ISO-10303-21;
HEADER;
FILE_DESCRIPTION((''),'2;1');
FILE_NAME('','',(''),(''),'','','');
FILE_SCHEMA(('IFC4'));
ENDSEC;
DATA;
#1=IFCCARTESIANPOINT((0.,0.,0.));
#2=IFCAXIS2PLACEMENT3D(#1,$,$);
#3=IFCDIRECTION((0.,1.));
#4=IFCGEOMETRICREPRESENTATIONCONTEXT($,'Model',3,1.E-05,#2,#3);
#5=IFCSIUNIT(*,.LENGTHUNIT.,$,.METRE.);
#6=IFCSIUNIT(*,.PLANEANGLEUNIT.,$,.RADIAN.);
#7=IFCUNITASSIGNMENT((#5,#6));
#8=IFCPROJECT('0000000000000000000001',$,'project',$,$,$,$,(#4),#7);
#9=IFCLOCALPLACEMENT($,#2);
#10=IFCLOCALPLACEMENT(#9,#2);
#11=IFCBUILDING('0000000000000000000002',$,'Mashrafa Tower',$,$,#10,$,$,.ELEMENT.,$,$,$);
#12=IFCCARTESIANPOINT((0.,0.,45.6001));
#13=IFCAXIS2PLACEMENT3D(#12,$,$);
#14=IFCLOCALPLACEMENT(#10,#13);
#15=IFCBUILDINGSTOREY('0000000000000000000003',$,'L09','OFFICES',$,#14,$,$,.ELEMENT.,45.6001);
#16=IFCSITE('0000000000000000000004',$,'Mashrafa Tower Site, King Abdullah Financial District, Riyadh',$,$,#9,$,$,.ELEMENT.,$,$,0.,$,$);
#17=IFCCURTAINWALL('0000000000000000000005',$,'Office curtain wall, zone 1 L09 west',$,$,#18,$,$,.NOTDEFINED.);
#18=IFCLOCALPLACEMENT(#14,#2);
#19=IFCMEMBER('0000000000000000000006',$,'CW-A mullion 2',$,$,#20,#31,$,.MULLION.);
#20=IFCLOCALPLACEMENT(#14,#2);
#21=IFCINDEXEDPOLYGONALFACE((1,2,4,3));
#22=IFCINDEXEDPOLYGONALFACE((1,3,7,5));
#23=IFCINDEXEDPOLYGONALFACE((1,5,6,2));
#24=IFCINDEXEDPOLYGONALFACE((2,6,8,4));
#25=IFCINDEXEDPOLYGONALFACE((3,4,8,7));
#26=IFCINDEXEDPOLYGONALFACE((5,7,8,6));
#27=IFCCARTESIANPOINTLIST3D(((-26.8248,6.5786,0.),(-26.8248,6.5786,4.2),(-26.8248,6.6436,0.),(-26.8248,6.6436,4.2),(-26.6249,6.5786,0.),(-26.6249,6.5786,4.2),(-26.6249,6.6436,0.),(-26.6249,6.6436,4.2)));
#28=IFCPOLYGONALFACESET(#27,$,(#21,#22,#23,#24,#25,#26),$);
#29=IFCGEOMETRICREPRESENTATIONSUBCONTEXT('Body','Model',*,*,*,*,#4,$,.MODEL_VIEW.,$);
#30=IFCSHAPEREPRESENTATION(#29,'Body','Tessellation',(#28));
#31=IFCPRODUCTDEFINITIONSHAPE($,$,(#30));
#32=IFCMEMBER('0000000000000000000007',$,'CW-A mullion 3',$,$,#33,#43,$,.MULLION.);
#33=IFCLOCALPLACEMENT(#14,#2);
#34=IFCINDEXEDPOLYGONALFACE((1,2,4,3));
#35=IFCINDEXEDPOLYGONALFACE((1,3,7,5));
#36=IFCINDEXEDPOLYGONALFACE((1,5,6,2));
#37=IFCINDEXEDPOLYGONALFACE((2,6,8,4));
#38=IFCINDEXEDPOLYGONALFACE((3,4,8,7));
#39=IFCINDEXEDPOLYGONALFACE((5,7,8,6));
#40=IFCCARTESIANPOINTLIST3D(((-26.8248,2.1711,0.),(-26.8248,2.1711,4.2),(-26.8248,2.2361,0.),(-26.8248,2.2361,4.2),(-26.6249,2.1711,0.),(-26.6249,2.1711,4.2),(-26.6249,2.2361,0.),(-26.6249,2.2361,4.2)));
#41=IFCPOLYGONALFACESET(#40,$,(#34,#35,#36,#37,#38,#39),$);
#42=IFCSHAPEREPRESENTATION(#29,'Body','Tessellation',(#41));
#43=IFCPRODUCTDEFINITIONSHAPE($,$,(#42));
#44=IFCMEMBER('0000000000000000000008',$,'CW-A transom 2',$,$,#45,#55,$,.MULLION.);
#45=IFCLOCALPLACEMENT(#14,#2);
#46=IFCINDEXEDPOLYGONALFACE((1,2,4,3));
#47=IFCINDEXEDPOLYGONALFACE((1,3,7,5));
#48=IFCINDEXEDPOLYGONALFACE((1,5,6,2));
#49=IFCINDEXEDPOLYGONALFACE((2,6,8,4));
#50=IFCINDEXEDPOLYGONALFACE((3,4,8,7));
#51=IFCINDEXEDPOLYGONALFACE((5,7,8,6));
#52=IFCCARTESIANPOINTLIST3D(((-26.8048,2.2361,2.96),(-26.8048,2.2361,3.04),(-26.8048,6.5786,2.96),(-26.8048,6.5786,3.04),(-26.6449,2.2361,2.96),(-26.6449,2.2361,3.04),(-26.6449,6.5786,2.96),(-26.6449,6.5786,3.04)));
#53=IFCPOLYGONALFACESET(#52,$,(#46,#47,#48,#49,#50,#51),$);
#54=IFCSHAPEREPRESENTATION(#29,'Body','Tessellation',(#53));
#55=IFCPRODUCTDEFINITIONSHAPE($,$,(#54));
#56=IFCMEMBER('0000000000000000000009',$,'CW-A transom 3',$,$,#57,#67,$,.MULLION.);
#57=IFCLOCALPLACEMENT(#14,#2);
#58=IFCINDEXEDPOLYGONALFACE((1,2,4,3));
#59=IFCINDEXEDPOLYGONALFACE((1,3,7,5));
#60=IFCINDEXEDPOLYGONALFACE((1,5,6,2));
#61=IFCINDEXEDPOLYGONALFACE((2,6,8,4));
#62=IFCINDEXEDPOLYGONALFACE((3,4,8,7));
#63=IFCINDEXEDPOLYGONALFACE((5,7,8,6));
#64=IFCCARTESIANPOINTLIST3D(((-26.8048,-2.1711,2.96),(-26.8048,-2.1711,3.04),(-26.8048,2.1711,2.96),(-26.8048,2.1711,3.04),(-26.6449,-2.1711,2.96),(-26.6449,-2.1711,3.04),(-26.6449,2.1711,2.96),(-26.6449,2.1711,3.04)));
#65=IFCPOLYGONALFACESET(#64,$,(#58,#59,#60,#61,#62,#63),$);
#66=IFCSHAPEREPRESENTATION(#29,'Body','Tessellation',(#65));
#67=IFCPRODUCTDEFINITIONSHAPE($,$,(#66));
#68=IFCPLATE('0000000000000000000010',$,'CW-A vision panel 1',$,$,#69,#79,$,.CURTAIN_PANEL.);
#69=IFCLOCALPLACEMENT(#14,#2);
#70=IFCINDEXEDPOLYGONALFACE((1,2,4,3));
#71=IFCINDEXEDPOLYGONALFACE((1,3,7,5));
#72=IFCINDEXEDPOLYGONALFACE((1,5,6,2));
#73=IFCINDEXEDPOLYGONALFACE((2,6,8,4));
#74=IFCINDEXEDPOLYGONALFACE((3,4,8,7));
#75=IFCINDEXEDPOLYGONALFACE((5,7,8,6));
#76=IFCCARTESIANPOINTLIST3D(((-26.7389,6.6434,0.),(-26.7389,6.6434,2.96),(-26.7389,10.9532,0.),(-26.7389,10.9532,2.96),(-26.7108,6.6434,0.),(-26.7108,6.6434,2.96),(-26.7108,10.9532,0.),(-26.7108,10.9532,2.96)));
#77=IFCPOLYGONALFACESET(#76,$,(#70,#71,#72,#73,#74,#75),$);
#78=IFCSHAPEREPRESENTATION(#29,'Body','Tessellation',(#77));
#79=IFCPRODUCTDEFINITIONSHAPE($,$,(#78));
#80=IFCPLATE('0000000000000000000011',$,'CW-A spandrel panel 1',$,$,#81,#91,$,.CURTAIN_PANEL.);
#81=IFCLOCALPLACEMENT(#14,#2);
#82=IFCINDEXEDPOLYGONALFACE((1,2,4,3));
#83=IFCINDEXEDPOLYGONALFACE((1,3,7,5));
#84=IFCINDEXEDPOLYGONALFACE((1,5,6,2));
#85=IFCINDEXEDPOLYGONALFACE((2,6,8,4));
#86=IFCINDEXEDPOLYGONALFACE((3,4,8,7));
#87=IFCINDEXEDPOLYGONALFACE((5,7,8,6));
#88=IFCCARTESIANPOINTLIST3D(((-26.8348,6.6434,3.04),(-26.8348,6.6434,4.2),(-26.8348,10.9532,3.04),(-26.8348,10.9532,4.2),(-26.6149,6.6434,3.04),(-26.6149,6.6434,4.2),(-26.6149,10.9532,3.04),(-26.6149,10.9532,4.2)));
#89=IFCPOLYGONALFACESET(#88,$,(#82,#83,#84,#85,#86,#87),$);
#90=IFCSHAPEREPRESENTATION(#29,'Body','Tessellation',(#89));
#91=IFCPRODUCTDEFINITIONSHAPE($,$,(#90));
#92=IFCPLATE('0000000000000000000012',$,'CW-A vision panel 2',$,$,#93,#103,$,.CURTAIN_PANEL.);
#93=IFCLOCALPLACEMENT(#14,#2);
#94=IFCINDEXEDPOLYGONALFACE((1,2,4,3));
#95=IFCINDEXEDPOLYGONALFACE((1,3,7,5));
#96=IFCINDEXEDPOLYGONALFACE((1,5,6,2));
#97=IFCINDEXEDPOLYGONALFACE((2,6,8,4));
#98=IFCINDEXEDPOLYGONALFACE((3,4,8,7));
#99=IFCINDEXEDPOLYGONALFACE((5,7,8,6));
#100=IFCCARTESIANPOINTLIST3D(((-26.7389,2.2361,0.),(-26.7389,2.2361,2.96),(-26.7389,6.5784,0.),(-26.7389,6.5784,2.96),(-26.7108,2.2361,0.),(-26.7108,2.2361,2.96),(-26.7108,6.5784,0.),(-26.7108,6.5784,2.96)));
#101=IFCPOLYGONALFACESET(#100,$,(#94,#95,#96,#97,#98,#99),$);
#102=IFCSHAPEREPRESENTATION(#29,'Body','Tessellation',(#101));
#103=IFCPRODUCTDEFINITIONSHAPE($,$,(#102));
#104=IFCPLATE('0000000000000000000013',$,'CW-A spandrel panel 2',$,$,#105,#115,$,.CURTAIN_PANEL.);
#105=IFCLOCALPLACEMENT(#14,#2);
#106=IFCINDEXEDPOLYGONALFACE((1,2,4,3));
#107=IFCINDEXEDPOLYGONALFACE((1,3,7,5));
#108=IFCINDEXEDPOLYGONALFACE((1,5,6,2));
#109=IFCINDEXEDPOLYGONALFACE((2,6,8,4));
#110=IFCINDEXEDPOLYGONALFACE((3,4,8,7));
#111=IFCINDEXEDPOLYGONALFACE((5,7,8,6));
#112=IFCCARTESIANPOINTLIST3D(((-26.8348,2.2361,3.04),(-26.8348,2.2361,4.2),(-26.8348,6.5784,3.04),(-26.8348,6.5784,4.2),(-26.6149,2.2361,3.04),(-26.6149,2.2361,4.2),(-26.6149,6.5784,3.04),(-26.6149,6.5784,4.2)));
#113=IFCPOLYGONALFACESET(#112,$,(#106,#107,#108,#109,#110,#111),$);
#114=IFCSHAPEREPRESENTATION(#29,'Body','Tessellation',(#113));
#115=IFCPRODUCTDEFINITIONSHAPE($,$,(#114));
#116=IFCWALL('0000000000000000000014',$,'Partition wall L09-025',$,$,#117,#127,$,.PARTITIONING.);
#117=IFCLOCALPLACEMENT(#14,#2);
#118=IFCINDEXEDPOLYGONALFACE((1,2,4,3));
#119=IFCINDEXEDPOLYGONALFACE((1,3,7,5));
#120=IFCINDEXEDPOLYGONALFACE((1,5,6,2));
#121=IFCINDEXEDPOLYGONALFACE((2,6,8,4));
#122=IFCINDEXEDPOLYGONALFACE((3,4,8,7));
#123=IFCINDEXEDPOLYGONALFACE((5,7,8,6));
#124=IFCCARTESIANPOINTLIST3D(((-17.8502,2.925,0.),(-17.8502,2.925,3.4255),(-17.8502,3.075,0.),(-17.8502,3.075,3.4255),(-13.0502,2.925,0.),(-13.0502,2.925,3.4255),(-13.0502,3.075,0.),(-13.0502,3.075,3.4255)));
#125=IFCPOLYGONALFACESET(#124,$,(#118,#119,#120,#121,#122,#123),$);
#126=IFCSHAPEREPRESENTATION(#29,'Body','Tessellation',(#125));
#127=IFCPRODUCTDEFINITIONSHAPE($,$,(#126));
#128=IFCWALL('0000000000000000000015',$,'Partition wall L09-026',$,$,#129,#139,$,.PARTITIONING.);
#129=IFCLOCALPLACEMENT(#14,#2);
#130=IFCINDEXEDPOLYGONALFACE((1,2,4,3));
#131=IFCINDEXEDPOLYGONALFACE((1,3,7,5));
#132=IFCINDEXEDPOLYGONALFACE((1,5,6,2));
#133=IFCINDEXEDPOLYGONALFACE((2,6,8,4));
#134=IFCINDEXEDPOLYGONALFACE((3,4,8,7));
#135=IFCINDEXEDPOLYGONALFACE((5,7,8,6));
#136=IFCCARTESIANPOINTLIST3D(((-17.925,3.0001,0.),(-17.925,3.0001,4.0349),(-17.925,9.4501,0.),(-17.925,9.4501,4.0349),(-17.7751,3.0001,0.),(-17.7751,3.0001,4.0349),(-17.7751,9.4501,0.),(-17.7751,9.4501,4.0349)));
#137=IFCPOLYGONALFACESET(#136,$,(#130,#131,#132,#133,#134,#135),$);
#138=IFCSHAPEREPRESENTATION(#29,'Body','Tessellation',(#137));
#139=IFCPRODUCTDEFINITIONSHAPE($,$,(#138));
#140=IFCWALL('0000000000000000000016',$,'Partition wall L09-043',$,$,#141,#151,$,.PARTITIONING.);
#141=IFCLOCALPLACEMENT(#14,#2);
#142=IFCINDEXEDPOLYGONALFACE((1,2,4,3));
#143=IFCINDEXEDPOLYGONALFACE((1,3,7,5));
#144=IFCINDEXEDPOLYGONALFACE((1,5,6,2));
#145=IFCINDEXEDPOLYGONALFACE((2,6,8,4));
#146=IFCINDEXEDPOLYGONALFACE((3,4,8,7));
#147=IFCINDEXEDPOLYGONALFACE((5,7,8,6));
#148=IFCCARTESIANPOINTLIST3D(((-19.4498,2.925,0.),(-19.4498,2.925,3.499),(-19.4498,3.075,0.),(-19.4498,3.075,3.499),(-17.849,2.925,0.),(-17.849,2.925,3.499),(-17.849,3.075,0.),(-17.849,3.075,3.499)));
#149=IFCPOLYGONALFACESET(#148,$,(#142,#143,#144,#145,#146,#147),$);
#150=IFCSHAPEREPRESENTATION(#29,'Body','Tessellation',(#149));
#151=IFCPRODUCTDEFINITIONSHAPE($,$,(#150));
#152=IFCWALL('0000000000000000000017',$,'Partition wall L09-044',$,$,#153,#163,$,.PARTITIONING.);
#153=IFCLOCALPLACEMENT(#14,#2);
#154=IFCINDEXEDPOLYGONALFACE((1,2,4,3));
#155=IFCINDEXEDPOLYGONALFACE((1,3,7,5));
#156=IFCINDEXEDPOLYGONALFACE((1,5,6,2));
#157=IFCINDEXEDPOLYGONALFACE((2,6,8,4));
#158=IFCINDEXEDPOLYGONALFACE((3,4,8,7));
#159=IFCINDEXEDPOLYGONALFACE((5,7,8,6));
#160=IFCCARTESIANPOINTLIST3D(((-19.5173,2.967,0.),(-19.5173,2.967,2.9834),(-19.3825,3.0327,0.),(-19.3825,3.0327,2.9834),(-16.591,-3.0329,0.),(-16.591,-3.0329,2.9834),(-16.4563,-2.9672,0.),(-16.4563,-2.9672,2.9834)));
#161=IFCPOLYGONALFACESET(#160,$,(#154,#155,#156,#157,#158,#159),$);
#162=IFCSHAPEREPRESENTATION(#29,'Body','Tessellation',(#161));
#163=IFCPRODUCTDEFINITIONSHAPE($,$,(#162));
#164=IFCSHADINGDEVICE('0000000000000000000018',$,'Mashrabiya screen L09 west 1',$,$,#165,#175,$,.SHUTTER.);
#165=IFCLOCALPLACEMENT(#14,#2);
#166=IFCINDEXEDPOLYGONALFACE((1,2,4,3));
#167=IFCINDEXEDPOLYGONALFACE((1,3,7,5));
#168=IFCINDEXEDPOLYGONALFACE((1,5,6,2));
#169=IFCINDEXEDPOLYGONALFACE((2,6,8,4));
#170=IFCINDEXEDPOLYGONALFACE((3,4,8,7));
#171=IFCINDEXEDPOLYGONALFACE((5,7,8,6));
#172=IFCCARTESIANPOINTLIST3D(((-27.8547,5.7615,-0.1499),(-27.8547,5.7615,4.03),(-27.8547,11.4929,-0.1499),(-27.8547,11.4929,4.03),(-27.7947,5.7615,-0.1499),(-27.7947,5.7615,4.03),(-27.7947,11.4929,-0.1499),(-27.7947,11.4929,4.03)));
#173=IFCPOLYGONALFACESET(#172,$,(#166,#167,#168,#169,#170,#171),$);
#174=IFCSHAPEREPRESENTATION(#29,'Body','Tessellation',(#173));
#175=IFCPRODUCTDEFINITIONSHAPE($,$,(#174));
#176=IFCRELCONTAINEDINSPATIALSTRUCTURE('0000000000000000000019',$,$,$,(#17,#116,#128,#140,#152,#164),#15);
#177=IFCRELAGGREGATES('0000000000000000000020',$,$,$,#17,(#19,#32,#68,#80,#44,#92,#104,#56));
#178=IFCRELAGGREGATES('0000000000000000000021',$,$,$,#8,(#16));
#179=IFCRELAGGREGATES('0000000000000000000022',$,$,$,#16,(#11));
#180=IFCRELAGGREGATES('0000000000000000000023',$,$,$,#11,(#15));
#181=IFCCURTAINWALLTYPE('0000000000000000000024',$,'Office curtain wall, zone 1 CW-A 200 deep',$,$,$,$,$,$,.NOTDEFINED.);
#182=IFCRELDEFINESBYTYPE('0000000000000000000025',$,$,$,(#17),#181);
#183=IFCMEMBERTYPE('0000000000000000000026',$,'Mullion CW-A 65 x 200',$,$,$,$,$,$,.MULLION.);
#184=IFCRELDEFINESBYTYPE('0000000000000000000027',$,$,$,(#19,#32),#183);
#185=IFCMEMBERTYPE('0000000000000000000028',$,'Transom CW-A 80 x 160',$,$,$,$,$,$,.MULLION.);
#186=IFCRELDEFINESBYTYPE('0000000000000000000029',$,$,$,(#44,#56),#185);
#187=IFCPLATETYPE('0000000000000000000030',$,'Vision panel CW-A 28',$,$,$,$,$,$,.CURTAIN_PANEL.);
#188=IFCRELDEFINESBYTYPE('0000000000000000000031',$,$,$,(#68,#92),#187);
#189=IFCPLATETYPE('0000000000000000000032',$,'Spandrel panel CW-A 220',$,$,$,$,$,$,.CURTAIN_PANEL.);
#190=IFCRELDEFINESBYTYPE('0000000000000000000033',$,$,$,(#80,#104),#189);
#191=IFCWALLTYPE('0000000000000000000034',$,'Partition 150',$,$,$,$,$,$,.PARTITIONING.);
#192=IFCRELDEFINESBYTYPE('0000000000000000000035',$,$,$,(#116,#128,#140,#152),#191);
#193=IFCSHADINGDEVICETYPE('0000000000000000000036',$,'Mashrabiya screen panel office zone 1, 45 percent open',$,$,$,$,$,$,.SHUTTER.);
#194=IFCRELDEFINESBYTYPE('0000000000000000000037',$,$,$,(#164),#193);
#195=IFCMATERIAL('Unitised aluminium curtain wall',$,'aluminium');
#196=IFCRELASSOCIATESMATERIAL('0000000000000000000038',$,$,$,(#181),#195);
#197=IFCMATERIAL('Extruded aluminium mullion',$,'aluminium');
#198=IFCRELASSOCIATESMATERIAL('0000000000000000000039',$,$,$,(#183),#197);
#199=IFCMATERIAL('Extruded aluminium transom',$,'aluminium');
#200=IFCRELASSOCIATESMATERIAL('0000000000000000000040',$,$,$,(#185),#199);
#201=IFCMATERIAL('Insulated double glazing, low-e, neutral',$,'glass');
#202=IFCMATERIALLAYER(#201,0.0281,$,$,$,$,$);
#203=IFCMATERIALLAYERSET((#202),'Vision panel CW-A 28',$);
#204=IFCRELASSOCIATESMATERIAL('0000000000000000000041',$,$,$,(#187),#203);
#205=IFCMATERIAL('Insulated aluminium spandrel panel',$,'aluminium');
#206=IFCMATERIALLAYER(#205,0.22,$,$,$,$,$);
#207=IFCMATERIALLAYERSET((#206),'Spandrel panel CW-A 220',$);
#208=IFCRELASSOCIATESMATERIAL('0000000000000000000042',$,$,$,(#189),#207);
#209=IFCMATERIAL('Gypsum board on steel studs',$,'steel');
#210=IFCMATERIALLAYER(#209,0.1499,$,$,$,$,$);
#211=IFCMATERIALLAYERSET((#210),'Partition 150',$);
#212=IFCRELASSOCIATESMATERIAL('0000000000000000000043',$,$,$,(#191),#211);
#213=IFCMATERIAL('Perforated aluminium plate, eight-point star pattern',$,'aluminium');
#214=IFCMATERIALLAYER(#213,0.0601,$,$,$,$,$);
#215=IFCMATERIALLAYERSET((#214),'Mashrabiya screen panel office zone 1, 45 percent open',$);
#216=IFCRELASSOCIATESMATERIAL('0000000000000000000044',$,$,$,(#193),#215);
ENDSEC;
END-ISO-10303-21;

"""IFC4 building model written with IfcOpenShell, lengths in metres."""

from ifc_helpers import new_model, si_unit, direction, frame, frame_2d, origin, origin_2d, place, context, subcontext, project, spatial, rectangle, extrude, source, transform, mapped, material, layer, layer_set, material_profile, profile_set, type_object, type_shapes, element, aggregate, save


model = new_model("IFC4")

# Units and contexts
model_context = context("Model", 3, precision=1e-05, world=origin(), true_north=direction((0.0, 1.0)))
body_context = subcontext(model_context, "Body", "Model", "MODEL_VIEW")
ifc_project = project(units=[si_unit("LENGTHUNIT", "METRE"), si_unit("PLANEANGLEUNIT", "RADIAN")], contexts=[model_context])

# Site, building, storey
site_placement = place(None, origin())
site = spatial("IfcSite", under=ifc_project, at=site_placement, Name="Mashrafa Tower Site, King Abdullah Financial District, Riyadh", CompositionType="ELEMENT", RefElevation=0.0)
building_placement = place(site_placement, origin())
building = spatial("IfcBuilding", under=site, at=building_placement, Name="Mashrafa Tower", CompositionType="ELEMENT")
storey_placement = place(building_placement, frame((0.0, 0.0, 45.6001)))
storey = spatial("IfcBuildingStorey", under=building, at=storey_placement, Name="L09", Description="OFFICES", CompositionType="ELEMENT", Elevation=45.6001)

# Curtain wall, members, plates
ifc_material_1 = material(Name="Unitised aluminium curtain wall", Category="aluminium")
curtain_wall_type = type_object("IfcCurtainWallType", Name="Office curtain wall, zone 1 CW-A 200 deep", PredefinedType="NOTDEFINED", material=ifc_material_1)
curtain_wall_placement = place(storey_placement, origin())
curtain_wall = element("IfcCurtainWall", 1, at=curtain_wall_placement, inside=storey, type_object=curtain_wall_type, Name="Office curtain wall, zone 1 L09 west", PredefinedType="NOTDEFINED")
ifc_material_2 = material(Name="Extruded aluminium mullion", Category="aluminium")
ifc_material_profile_1 = material_profile(ifc_material_2, rectangle(XDim=0.2, YDim=0.0649, at=origin_2d()), Name="Mullion 65x200")
ifc_profile_set_1 = profile_set([ifc_material_profile_1], Name="Extruded aluminium mullion")
member_type_1 = type_object("IfcMemberType", Name="Mullion CW-A 65 x 200", PredefinedType="MULLION", material=ifc_profile_set_1)
shared_shape_1 = source(origin(), body_context, "Body", "SweptSolid", [
    extrude(rectangle(XDim=0.2, YDim=0.0649, at=origin_2d()), origin(), (0.0, 0.0, 1.0), 4.2),
])
type_shapes(member_type_1, [shared_shape_1])
member_1_placement = place(storey_placement, frame((-26.7249, 6.6111, 0.0), z_axis=(0.0, 0.0, 1.0), x_axis=(1.0, 0.0, 0.0)))
member_1 = element("IfcMember", 2, at=member_1_placement, type_object=member_type_1, Name="CW-A mullion 2", PredefinedType="MULLION", context=body_context, shape_type="MappedRepresentation", body=[
    mapped(shared_shape_1, transform((0.0, 0.0, 0.0))),
])
member_2_placement = place(storey_placement, frame((-26.7249, 2.2036, 0.0), z_axis=(0.0, 0.0, 1.0), x_axis=(1.0, 0.0, 0.0)))
member_2 = element("IfcMember", 3, at=member_2_placement, type_object=member_type_1, Name="CW-A mullion 3", PredefinedType="MULLION", context=body_context, shape_type="MappedRepresentation", body=[
    mapped(shared_shape_1, transform((0.0, 0.0, 0.0))),
])
ifc_material_3 = material(Name="Extruded aluminium transom", Category="aluminium")
ifc_material_profile_2 = material_profile(ifc_material_3, rectangle(XDim=0.1599, YDim=0.0801, at=origin_2d()), Name="Transom 80x160")
ifc_profile_set_2 = profile_set([ifc_material_profile_2], Name="Extruded aluminium transom")
member_type_2 = type_object("IfcMemberType", Name="Transom CW-A 80 x 160", PredefinedType="MULLION", material=ifc_profile_set_2)
shared_shape_2 = source(origin(), body_context, "Body", "SweptSolid", [
    extrude(rectangle(XDim=0.1599, YDim=0.0801, at=origin_2d()), origin(), (0.0, 0.0, 1.0), 4.3425),
])
member_3_placement = place(storey_placement, frame((-26.7249, 6.5786, 3.0), z_axis=(0.0, -1.0, 0.0), x_axis=(1.0, 0.0, 0.0)))
member_3 = element("IfcMember", 4, at=member_3_placement, type_object=member_type_2, Name="CW-A transom 2", PredefinedType="MULLION", context=body_context, shape_type="MappedRepresentation", body=[
    mapped(shared_shape_2, transform((0.0, 0.0, 0.0))),
])
shared_shape_3 = source(origin(), body_context, "Body", "SweptSolid", [
    extrude(rectangle(XDim=0.1599, YDim=0.0801, at=origin_2d()), origin(), (0.0, 0.0, 1.0), 4.3423),
])
type_shapes(member_type_2, [shared_shape_2, shared_shape_3])
member_4_placement = place(storey_placement, frame((-26.7249, 2.1711, 3.0), z_axis=(0.0, -1.0, 0.0), x_axis=(1.0, 0.0, 0.0)))
member_4 = element("IfcMember", 5, at=member_4_placement, type_object=member_type_2, Name="CW-A transom 3", PredefinedType="MULLION", context=body_context, shape_type="MappedRepresentation", body=[
    mapped(shared_shape_3, transform((0.0, 0.0, 0.0))),
])
ifc_material_4 = material(Name="Insulated double glazing, low-e, neutral", Category="glass")
ifc_layer_1 = layer(ifc_material_4, 0.0281)
ifc_layer_set_1 = layer_set([ifc_layer_1], Name="Vision panel CW-A 28")
plate_type_1 = type_object("IfcPlateType", Name="Vision panel CW-A 28", PredefinedType="CURTAIN_PANEL", material=ifc_layer_set_1)
shared_shape_4 = source(origin(), body_context, "Body", "SweptSolid", [
    extrude(rectangle(XDim=4.3098, YDim=0.0281, at=origin_2d()), origin(), (0.0, 0.0, 1.0), 2.96),
])
plate_1_placement = place(storey_placement, frame((-26.7249, 8.7983, 0.0), z_axis=(0.0, 0.0, 1.0), x_axis=(0.0, -1.0, 0.0)))
plate_1 = element("IfcPlate", 6, at=plate_1_placement, type_object=plate_type_1, Name="CW-A vision panel 1", PredefinedType="CURTAIN_PANEL", context=body_context, shape_type="MappedRepresentation", body=[
    mapped(shared_shape_4, transform((0.0, 0.0, 0.0))),
])
ifc_material_5 = material(Name="Insulated aluminium spandrel panel", Category="aluminium")
ifc_layer_2 = layer(ifc_material_5, 0.22)
ifc_layer_set_2 = layer_set([ifc_layer_2], Name="Spandrel panel CW-A 220")
plate_type_2 = type_object("IfcPlateType", Name="Spandrel panel CW-A 220", PredefinedType="CURTAIN_PANEL", material=ifc_layer_set_2)
shared_shape_5 = source(origin(), body_context, "Body", "SweptSolid", [
    extrude(rectangle(XDim=4.3098, YDim=0.22, at=origin_2d()), origin(), (0.0, 0.0, 1.0), 1.1599),
])
plate_2_placement = place(storey_placement, frame((-26.7249, 8.7983, 3.04), z_axis=(0.0, 0.0, 1.0), x_axis=(0.0, -1.0, 0.0)))
plate_2 = element("IfcPlate", 7, at=plate_2_placement, type_object=plate_type_2, Name="CW-A spandrel panel 1", PredefinedType="CURTAIN_PANEL", context=body_context, shape_type="MappedRepresentation", body=[
    mapped(shared_shape_5, transform((0.0, 0.0, 0.0))),
])
shared_shape_6 = source(origin(), body_context, "Body", "SweptSolid", [
    extrude(rectangle(XDim=4.3423, YDim=0.0281, at=origin_2d()), origin(), (0.0, 0.0, 1.0), 2.96),
])
type_shapes(plate_type_1, [shared_shape_4, shared_shape_6])
plate_3_placement = place(storey_placement, frame((-26.7249, 4.4072, 0.0), z_axis=(0.0, 0.0, 1.0), x_axis=(0.0, -1.0, 0.0)))
plate_3 = element("IfcPlate", 8, at=plate_3_placement, type_object=plate_type_1, Name="CW-A vision panel 2", PredefinedType="CURTAIN_PANEL", context=body_context, shape_type="MappedRepresentation", body=[
    mapped(shared_shape_6, transform((0.0, 0.0, 0.0))),
])
shared_shape_7 = source(origin(), body_context, "Body", "SweptSolid", [
    extrude(rectangle(XDim=4.3423, YDim=0.22, at=origin_2d()), origin(), (0.0, 0.0, 1.0), 1.1599),
])
type_shapes(plate_type_2, [shared_shape_5, shared_shape_7])
plate_4_placement = place(storey_placement, frame((-26.7249, 4.4072, 3.04), z_axis=(0.0, 0.0, 1.0), x_axis=(0.0, -1.0, 0.0)))
plate_4 = element("IfcPlate", 9, at=plate_4_placement, type_object=plate_type_2, Name="CW-A spandrel panel 2", PredefinedType="CURTAIN_PANEL", context=body_context, shape_type="MappedRepresentation", body=[
    mapped(shared_shape_7, transform((0.0, 0.0, 0.0))),
])
aggregate(curtain_wall, [member_1, member_2, plate_1, plate_2, member_3, plate_3, plate_4, member_4])

# Walls
ifc_material_6 = material(Name="Gypsum board on steel studs", Category="steel")
ifc_layer_3 = layer(ifc_material_6, 0.1499)
ifc_layer_set_3 = layer_set([ifc_layer_3], Name="Partition 150")
wall_type = type_object("IfcWallType", Name="Partition 150", PredefinedType="PARTITIONING", material=ifc_layer_set_3)
wall_1_placement = place(storey_placement, frame((-17.8501, 3.0, 0.0), z_axis=(0.0, 0.0, 1.0), x_axis=(1.0, 0.0, 0.0)))
element("IfcWall", 10, at=wall_1_placement, inside=storey, type_object=wall_type, Name="Partition wall L09-025", PredefinedType="PARTITIONING", context=body_context, shape_type="SweptSolid", body=[
    extrude(rectangle(XDim=4.8, YDim=0.1499, at=frame_2d((2.3999, 0.0))), origin(), (0.0, 0.0, 1.0), 3.4255),
])
wall_2_placement = place(storey_placement, frame((-17.8501, 3.0, 0.0), z_axis=(0.0, 0.0, 1.0), x_axis=(0.0, 1.0, 0.0)))
element("IfcWall", 11, at=wall_2_placement, inside=storey, type_object=wall_type, Name="Partition wall L09-026", PredefinedType="PARTITIONING", context=body_context, shape_type="SweptSolid", body=[
    extrude(rectangle(XDim=6.45, YDim=0.1499, at=frame_2d((3.2251, 0.0))), origin(), (0.0, 0.0, 1.0), 4.0349),
])
wall_3_placement = place(storey_placement, frame((-17.8491, 3.0, 0.0), z_axis=(0.0, 0.0, 1.0), x_axis=(-1.0, 0.0, 0.0)))
element("IfcWall", 12, at=wall_3_placement, inside=storey, type_object=wall_type, Name="Partition wall L09-043", PredefinedType="PARTITIONING", context=body_context, shape_type="SweptSolid", body=[
    extrude(rectangle(XDim=1.6008, YDim=0.1499, at=frame_2d((0.8003, 0.0))), origin(), (0.0, 0.0, 1.0), 3.499),
])
wall_4_placement = place(storey_placement, frame((-19.45, 3.0, 0.0), z_axis=(0.0, 0.0, 1.0), x_axis=(0.438356, -0.898801, 0.0)))
element("IfcWall", 13, at=wall_4_placement, inside=storey, type_object=wall_type, Name="Partition wall L09-044", PredefinedType="PARTITIONING", context=body_context, shape_type="SweptSolid", body=[
    extrude(rectangle(XDim=6.6755, YDim=0.1499, at=frame_2d((3.3379, 0.0))), origin(), (0.0, 0.0, 1.0), 2.9834),
])

# Shading device
ifc_material_7 = material(Name="Perforated aluminium plate, eight-point star pattern", Category="aluminium")
ifc_layer_4 = layer(ifc_material_7, 0.0601)
ifc_layer_set_4 = layer_set([ifc_layer_4], Name="Mashrabiya screen panel office zone 1, 45 percent open")
shading_device_type = type_object("IfcShadingDeviceType", Name="Mashrabiya screen panel office zone 1, 45 percent open", PredefinedType="SHUTTER", material=ifc_layer_set_4)
shared_shape_8 = source(origin(), body_context, "Body", "SweptSolid", [
    extrude(rectangle(XDim=5.7314, YDim=0.0601, at=origin_2d()), origin(), (0.0, 0.0, 1.0), 4.1799),
])
type_shapes(shading_device_type, [shared_shape_8])
for number, where, z_axis, x_axis, name in (
    (14, (-27.8247, 8.6272, -0.1499), (0.0, 0.0, 1.0), (0.0, -1.0, 0.0), "Mashrabiya screen L09 west 1"),
):
    element("IfcShadingDevice", number, at=place(storey_placement, frame(where, z_axis=z_axis, x_axis=x_axis)), inside=storey, type_object=shading_device_type, Name=name, PredefinedType="SHUTTER", context=body_context, shape_type="MappedRepresentation", body=[
        mapped(shared_shape_8, transform((0.0, 0.0, 0.0))),
    ])

save(model, "model.ifc")
